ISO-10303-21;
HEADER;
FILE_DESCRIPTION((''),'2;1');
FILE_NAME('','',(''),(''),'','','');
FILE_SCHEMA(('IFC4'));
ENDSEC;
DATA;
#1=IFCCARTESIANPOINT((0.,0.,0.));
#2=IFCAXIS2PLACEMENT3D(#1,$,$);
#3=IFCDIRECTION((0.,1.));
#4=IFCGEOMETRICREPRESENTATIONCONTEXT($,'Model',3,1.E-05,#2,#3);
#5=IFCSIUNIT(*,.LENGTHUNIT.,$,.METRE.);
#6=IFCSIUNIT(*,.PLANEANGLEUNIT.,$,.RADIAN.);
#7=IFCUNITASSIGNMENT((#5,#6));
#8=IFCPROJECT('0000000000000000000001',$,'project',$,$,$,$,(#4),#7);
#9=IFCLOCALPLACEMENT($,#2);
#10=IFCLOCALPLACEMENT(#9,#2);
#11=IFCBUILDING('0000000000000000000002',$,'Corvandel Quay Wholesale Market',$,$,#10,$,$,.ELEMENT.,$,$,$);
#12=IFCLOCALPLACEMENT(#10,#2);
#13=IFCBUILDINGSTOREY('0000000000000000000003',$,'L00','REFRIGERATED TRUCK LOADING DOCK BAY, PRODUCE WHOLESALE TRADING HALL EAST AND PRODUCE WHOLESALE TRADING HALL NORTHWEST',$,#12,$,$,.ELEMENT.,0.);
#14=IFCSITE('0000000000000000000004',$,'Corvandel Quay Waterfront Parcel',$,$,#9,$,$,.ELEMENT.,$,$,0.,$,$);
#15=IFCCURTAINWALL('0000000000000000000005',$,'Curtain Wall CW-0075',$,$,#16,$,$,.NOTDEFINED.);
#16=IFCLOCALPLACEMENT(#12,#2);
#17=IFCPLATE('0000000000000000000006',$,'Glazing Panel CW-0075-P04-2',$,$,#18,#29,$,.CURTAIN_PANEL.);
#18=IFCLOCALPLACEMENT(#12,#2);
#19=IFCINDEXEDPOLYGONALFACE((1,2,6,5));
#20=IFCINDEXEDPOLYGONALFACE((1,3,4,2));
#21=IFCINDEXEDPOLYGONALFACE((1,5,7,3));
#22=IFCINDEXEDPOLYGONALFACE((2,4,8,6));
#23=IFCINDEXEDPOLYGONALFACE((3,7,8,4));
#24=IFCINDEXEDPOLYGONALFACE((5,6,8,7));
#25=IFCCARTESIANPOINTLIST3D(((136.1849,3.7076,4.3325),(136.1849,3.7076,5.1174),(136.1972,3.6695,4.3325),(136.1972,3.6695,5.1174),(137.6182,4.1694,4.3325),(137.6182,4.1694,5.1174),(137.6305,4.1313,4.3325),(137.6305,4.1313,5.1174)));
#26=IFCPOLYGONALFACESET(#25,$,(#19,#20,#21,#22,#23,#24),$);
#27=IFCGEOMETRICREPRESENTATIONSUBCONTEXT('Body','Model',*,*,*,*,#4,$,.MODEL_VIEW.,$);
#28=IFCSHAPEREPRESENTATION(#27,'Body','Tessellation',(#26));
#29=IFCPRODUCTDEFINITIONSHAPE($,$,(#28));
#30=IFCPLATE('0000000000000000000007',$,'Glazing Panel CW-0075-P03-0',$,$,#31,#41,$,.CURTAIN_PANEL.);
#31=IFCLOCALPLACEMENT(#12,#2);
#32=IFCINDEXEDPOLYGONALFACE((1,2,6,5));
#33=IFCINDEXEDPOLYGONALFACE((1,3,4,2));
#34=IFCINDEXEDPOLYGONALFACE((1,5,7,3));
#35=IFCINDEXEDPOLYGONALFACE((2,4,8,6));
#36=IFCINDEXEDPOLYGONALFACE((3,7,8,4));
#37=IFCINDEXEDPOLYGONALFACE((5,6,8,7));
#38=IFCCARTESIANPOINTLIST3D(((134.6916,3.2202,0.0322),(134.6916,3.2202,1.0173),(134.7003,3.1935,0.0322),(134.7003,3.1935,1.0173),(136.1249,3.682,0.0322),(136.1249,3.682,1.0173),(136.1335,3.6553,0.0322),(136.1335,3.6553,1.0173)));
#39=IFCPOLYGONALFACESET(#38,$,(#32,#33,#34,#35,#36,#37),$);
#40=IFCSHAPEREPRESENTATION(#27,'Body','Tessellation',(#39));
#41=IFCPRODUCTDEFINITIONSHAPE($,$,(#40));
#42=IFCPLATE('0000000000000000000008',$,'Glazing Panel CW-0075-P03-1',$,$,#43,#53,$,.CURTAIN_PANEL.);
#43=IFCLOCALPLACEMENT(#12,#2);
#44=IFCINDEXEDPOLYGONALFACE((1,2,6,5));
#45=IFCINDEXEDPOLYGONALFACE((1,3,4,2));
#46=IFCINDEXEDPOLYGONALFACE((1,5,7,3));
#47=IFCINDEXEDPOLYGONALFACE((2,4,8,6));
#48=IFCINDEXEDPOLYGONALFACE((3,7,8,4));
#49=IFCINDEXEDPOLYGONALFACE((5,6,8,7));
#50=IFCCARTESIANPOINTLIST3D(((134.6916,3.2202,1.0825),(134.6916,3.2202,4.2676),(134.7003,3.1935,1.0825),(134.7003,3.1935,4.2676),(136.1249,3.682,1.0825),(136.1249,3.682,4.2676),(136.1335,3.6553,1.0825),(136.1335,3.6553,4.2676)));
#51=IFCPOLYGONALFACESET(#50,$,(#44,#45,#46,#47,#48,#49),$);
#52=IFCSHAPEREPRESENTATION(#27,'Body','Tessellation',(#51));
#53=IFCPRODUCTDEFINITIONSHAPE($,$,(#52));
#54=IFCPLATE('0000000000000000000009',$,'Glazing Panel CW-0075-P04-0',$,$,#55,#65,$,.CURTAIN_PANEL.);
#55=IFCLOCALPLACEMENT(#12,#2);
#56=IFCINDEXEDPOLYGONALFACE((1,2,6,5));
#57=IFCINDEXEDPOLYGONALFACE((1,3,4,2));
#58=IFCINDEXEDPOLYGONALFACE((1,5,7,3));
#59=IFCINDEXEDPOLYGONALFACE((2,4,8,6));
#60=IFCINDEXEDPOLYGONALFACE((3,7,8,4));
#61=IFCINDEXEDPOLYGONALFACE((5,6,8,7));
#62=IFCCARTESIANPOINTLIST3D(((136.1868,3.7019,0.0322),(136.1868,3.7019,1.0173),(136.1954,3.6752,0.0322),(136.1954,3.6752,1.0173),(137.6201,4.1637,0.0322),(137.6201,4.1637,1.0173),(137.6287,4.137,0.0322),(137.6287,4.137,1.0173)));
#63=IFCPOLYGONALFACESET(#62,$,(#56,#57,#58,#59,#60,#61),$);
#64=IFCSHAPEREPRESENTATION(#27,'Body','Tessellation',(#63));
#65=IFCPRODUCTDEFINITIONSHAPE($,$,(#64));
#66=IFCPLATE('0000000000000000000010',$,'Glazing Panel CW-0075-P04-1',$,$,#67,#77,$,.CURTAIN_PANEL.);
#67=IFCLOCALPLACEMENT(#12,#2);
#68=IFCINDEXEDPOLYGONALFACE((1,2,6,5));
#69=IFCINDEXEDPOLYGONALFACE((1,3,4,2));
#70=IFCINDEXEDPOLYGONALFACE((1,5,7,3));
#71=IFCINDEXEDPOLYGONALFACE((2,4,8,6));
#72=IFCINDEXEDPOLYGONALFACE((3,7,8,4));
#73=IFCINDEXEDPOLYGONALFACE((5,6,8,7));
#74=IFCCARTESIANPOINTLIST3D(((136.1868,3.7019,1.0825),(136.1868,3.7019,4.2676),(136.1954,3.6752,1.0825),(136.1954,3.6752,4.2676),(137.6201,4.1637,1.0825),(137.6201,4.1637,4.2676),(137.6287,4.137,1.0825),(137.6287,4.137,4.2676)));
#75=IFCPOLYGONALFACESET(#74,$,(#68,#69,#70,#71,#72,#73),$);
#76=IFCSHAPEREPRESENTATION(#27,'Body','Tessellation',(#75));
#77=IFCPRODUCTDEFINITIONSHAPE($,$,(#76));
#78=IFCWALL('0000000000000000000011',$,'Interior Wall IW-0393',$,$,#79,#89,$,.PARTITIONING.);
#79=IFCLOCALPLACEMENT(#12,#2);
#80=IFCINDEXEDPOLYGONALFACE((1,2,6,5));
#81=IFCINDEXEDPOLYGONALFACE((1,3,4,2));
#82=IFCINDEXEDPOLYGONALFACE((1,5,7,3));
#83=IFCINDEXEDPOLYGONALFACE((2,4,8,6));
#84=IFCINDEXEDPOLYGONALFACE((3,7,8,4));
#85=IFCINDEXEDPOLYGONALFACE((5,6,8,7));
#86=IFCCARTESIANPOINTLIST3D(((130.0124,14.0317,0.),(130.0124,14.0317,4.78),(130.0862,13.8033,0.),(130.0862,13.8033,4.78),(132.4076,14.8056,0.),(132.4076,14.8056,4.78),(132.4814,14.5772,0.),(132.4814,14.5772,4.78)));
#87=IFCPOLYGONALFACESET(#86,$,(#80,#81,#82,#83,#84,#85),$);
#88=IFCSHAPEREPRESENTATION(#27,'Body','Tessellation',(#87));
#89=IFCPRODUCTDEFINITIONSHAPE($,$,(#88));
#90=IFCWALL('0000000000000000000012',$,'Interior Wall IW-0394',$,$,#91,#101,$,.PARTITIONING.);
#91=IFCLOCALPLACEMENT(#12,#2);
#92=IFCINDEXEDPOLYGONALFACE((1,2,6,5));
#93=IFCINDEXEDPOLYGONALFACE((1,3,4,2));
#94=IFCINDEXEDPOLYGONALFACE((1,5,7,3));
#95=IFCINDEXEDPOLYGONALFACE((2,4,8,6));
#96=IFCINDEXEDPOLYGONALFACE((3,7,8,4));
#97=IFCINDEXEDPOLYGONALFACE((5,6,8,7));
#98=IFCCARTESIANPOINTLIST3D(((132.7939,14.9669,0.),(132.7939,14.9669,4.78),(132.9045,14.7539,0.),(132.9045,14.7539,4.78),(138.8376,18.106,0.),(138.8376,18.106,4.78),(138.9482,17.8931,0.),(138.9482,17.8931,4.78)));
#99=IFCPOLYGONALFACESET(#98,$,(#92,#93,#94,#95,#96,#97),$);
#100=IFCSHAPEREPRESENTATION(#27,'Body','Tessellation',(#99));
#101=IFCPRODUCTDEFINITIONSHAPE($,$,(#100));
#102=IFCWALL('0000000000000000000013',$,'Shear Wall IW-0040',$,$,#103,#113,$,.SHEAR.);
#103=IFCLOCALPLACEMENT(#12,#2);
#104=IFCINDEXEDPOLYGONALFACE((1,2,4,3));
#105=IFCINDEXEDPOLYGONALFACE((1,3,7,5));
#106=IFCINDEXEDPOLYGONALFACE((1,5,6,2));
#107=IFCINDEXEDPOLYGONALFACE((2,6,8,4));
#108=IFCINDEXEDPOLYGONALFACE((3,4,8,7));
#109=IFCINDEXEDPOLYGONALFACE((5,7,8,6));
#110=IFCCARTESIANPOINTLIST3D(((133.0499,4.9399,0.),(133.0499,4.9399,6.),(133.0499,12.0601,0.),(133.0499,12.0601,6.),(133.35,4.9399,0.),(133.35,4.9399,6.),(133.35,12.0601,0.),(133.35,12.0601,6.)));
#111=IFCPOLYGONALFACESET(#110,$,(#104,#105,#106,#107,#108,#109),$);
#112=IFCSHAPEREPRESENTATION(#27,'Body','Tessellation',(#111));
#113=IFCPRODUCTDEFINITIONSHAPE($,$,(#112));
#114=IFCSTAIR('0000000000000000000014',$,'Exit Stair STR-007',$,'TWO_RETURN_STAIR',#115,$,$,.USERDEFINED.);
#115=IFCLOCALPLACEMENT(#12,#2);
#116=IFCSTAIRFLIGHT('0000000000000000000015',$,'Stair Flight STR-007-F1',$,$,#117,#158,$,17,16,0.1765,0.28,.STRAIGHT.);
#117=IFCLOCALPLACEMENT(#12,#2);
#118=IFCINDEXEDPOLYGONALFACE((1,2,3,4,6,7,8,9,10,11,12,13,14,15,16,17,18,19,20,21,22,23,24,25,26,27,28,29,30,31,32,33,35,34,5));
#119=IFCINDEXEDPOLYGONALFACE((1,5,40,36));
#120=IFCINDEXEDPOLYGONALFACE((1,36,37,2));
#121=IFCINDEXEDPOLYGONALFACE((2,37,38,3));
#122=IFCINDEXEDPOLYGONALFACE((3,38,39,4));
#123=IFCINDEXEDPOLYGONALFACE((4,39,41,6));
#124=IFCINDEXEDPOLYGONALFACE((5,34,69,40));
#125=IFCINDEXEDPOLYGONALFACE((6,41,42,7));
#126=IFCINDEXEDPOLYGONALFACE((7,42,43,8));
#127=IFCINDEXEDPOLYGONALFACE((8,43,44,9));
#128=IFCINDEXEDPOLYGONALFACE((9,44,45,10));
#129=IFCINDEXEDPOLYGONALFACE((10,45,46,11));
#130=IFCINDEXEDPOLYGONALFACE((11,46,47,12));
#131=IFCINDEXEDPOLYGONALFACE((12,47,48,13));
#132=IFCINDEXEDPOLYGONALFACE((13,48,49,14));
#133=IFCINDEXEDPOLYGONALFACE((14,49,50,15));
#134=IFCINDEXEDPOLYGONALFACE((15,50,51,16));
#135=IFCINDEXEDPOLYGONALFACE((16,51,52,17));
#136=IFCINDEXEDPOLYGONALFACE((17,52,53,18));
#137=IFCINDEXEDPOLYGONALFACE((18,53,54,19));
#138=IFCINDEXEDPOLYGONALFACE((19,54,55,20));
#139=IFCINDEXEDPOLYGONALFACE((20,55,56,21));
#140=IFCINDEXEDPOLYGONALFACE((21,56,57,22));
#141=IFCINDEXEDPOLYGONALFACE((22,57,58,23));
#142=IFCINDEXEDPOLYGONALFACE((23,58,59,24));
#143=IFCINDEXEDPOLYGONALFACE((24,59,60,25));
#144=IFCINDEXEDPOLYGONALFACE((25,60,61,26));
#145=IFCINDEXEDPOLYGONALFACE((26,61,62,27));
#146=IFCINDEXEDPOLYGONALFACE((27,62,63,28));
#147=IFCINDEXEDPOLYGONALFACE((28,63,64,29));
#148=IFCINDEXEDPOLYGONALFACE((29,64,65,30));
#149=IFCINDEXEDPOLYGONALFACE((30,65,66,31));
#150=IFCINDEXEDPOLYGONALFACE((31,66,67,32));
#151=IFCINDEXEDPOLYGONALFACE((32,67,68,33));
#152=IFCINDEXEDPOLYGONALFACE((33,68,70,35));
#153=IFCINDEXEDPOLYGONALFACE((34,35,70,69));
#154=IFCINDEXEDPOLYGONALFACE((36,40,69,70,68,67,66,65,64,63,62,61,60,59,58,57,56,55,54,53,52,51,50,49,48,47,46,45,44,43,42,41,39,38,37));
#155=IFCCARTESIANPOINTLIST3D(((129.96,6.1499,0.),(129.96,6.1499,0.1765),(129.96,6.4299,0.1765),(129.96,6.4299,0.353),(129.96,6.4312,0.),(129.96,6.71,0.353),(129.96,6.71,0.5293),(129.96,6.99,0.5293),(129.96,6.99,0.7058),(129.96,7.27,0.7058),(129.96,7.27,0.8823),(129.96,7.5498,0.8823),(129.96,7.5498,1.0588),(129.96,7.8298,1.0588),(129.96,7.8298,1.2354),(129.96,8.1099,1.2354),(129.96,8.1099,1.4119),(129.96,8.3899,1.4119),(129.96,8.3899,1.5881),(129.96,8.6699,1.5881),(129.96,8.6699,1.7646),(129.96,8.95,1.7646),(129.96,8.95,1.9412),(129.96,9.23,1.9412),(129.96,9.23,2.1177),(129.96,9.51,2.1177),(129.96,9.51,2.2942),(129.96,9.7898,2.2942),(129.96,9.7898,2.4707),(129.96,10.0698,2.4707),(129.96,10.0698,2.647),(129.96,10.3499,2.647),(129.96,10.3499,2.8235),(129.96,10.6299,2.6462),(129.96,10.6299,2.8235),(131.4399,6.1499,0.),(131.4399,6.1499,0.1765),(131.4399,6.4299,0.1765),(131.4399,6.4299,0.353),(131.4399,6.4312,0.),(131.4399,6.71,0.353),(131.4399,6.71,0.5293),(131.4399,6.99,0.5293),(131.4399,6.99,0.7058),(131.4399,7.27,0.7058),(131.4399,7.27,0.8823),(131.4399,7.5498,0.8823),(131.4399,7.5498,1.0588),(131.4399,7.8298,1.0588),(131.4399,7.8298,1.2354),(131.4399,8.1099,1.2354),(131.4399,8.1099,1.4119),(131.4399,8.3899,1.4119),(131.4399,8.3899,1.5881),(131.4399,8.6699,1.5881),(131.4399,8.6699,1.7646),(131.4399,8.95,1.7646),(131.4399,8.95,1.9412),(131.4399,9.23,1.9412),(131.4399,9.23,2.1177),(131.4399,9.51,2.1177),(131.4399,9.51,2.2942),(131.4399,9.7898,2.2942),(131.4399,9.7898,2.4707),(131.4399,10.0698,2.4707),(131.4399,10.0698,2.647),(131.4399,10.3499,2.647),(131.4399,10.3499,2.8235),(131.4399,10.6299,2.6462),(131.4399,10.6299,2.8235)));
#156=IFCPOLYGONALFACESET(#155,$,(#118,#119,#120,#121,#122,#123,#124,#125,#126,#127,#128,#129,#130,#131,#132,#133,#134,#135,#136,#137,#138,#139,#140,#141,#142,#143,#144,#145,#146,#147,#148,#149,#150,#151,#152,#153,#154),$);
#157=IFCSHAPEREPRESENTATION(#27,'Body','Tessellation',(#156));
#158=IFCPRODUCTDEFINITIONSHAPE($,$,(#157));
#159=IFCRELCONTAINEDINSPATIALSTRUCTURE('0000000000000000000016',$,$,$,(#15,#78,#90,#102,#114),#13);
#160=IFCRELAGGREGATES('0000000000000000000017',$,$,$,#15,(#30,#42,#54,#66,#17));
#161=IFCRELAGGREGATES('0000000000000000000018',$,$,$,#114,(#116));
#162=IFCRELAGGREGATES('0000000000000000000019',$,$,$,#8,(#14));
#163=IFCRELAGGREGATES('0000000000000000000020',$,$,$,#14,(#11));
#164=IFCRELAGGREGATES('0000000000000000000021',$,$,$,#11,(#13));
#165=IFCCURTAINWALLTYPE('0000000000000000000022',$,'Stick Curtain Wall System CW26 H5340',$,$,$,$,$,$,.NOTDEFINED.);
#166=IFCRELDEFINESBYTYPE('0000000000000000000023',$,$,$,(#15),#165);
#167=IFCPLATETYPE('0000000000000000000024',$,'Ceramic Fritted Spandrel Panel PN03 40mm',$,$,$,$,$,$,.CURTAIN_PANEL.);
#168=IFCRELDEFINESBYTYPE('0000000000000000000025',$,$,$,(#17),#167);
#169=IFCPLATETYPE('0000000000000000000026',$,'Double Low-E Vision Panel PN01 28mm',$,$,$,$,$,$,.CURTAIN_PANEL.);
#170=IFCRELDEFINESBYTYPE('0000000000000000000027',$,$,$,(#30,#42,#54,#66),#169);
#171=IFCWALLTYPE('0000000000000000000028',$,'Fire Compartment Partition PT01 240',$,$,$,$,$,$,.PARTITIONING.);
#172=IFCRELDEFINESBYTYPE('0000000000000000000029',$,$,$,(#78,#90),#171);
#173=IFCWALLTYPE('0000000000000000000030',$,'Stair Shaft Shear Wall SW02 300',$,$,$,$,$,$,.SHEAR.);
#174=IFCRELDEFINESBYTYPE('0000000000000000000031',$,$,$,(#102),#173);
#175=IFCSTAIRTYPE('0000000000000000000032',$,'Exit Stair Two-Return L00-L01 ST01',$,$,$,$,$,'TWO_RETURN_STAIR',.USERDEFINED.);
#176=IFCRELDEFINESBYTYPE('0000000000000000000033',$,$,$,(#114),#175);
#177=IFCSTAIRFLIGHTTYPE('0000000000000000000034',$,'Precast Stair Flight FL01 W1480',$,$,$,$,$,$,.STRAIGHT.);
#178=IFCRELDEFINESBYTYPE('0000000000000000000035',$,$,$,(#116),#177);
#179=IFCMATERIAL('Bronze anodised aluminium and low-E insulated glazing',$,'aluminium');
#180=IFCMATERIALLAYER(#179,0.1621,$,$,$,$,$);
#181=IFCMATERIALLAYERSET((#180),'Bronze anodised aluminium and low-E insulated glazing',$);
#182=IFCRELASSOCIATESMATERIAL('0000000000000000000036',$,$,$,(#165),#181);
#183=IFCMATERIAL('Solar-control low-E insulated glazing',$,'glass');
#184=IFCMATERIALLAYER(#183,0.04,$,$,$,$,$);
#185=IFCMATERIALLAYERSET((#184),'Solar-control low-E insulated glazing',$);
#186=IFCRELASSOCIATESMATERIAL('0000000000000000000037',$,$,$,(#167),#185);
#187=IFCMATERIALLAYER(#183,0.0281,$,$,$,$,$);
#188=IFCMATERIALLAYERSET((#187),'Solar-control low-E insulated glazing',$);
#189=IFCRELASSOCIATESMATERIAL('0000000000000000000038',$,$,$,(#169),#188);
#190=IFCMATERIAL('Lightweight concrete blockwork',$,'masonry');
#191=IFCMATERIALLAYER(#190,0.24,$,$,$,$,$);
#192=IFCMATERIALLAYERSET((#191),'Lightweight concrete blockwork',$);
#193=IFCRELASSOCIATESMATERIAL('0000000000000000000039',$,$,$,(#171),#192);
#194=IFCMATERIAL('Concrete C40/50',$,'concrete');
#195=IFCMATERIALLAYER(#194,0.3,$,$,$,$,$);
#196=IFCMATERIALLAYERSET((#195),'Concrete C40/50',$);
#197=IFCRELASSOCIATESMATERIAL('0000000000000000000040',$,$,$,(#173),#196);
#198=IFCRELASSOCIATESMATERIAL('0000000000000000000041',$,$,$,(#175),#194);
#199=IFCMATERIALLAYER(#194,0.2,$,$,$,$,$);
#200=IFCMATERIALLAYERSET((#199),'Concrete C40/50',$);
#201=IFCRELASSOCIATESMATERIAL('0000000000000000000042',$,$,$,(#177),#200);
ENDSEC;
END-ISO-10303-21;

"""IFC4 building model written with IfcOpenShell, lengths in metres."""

from ifc_helpers import new_model, si_unit, direction, frame, frame_2d, origin, origin_2d, place, context, subcontext, project, spatial, polyline, rectangle, outline, extrude, material, layer, layer_set, type_object, element, aggregate, save


model = new_model("IFC4")

# Units and contexts
model_context = context("Model", 3, precision=1e-05, world=origin(), true_north=direction((0.0, 1.0)))
body_context = subcontext(model_context, "Body", "Model", "MODEL_VIEW")
ifc_project = project(units=[si_unit("LENGTHUNIT", "METRE"), si_unit("PLANEANGLEUNIT", "RADIAN")], contexts=[model_context])

# Site, building, storey
site_placement = place(None, origin())
site = spatial("IfcSite", under=ifc_project, at=site_placement, Name="Corvandel Quay Waterfront Parcel", CompositionType="ELEMENT", RefElevation=0.0)
building_placement = place(site_placement, origin())
building = spatial("IfcBuilding", under=site, at=building_placement, Name="Corvandel Quay Wholesale Market", CompositionType="ELEMENT")
storey_placement = place(building_placement, origin())
storey = spatial("IfcBuildingStorey", under=building, at=storey_placement, Name="L00", Description="REFRIGERATED TRUCK LOADING DOCK BAY, PRODUCE WHOLESALE TRADING HALL EAST AND PRODUCE WHOLESALE TRADING HALL NORTHWEST", CompositionType="ELEMENT", Elevation=0.0)

# Shared definitions
ifc_material_1 = material(Name="Concrete C40/50", Category="concrete")

# Curtain wall, plates
ifc_material_2 = material(Name="Bronze anodised aluminium and low-E insulated glazing", Category="aluminium")
ifc_layer_1 = layer(ifc_material_2, 0.1621)
ifc_layer_set_1 = layer_set([ifc_layer_1], Name="Bronze anodised aluminium and low-E insulated glazing")
curtain_wall_type = type_object("IfcCurtainWallType", Name="Stick Curtain Wall System CW26 H5340", PredefinedType="NOTDEFINED", material=ifc_layer_set_1)
curtain_wall_placement = place(storey_placement, origin())
curtain_wall = element("IfcCurtainWall", 1, at=curtain_wall_placement, inside=storey, type_object=curtain_wall_type, Name="Curtain Wall CW-0075", PredefinedType="NOTDEFINED")
ifc_material_3 = material(Name="Solar-control low-E insulated glazing", Category="glass")
ifc_layer_2 = layer(ifc_material_3, 0.04)
ifc_layer_set_2 = layer_set([ifc_layer_2], Name="Solar-control low-E insulated glazing")
plate_type_1 = type_object("IfcPlateType", Name="Ceramic Fritted Spandrel Panel PN03 40mm", PredefinedType="CURTAIN_PANEL", material=ifc_layer_set_2)
plate_1_placement = place(storey_placement, frame((136.9077, 3.9194, 4.3325), z_axis=(0.0, 0.0, 1.0), x_axis=(0.951809, 0.306692, 0.0)))
plate_1 = element("IfcPlate", 2, at=plate_1_placement, type_object=plate_type_1, Name="Glazing Panel CW-0075-P04-2", PredefinedType="CURTAIN_PANEL", context=body_context, shape_type="SweptSolid", body=[
    extrude(rectangle(XDim=1.5059, YDim=0.04, at=origin_2d()), origin(), (0.0, 0.0, 1.0), 0.7849),
])
ifc_layer_3 = layer(ifc_material_3, 0.0281)
ifc_layer_set_3 = layer_set([ifc_layer_3], Name="Solar-control low-E insulated glazing")
plate_type_2 = type_object("IfcPlateType", Name="Double Low-E Vision Panel PN01 28mm", PredefinedType="CURTAIN_PANEL", material=ifc_layer_set_3)
plate_2_placement = place(storey_placement, frame((135.4126, 3.4377, 0.0322), z_axis=(0.0, 0.0, 1.0), x_axis=(0.951809, 0.306692, 0.0)))
plate_2 = element("IfcPlate", 3, at=plate_2_placement, type_object=plate_type_2, Name="Glazing Panel CW-0075-P03-0", PredefinedType="CURTAIN_PANEL", context=body_context, shape_type="SweptSolid", body=[
    extrude(rectangle(XDim=1.5059, YDim=0.0281, at=origin_2d()), origin(), (0.0, 0.0, 1.0), 0.9851),
])
plate_3_placement = place(storey_placement, frame((135.4126, 3.4377, 1.0825), z_axis=(0.0, 0.0, 1.0), x_axis=(0.951809, 0.306692, 0.0)))
plate_3 = element("IfcPlate", 4, at=plate_3_placement, type_object=plate_type_2, Name="Glazing Panel CW-0075-P03-1", PredefinedType="CURTAIN_PANEL", context=body_context, shape_type="SweptSolid", body=[
    extrude(rectangle(XDim=1.5059, YDim=0.0281, at=origin_2d()), origin(), (0.0, 0.0, 1.0), 3.1851),
])
plate_4_placement = place(storey_placement, frame((136.9077, 3.9194, 0.0322), z_axis=(0.0, 0.0, 1.0), x_axis=(0.951809, 0.306692, 0.0)))
plate_4 = element("IfcPlate", 5, at=plate_4_placement, type_object=plate_type_2, Name="Glazing Panel CW-0075-P04-0", PredefinedType="CURTAIN_PANEL", context=body_context, shape_type="SweptSolid", body=[
    extrude(rectangle(XDim=1.5059, YDim=0.0281, at=origin_2d()), origin(), (0.0, 0.0, 1.0), 0.9851),
])
plate_5_placement = place(storey_placement, frame((136.9077, 3.9194, 1.0825), z_axis=(0.0, 0.0, 1.0), x_axis=(0.951809, 0.306692, 0.0)))
plate_5 = element("IfcPlate", 6, at=plate_5_placement, type_object=plate_type_2, Name="Glazing Panel CW-0075-P04-1", PredefinedType="CURTAIN_PANEL", context=body_context, shape_type="SweptSolid", body=[
    extrude(rectangle(XDim=1.5059, YDim=0.0281, at=origin_2d()), origin(), (0.0, 0.0, 1.0), 3.1851),
])
aggregate(curtain_wall, [plate_2, plate_3, plate_4, plate_5, plate_1])

# Walls
ifc_material_4 = material(Name="Lightweight concrete blockwork", Category="masonry")
ifc_layer_4 = layer(ifc_material_4, 0.24)
ifc_layer_set_4 = layer_set([ifc_layer_4], Name="Lightweight concrete blockwork")
wall_type_1 = type_object("IfcWallType", Name="Fire Compartment Partition PT01 240", PredefinedType="PARTITIONING", material=ifc_layer_set_4)
wall_1_placement = place(storey_placement, frame((130.0493, 13.9175, 0.0), z_axis=(0.0, 0.0, 1.0), x_axis=(0.951562, 0.307456, 0.0)))
element("IfcWall", 7, at=wall_1_placement, inside=storey, type_object=wall_type_1, Name="Interior Wall IW-0393", PredefinedType="PARTITIONING", context=body_context, shape_type="SweptSolid", body=[
    extrude(rectangle(XDim=2.5171, YDim=0.24, at=frame_2d((1.2585, 0.0))), origin(), (0.0, 0.0, 1.0), 4.78),
])
wall_2_placement = place(storey_placement, frame((132.8491, 14.8604, 0.0), z_axis=(0.0, 0.0, 1.0), x_axis=(0.887431, 0.460941, 0.0)))
element("IfcWall", 8, at=wall_2_placement, inside=storey, type_object=wall_type_1, Name="Interior Wall IW-0394", PredefinedType="PARTITIONING", context=body_context, shape_type="SweptSolid", body=[
    extrude(rectangle(XDim=6.8103, YDim=0.24, at=frame_2d((3.4053, 0.0))), origin(), (0.0, 0.0, 1.0), 4.78),
])
ifc_layer_5 = layer(ifc_material_1, 0.3)
ifc_layer_set_5 = layer_set([ifc_layer_5], Name="Concrete C40/50")
wall_type_2 = type_object("IfcWallType", Name="Stair Shaft Shear Wall SW02 300", PredefinedType="SHEAR", material=ifc_layer_set_5)
wall_3_placement = place(storey_placement, frame((133.2, 4.9399, 0.0), z_axis=(0.0, 0.0, 1.0), x_axis=(0.0, 1.0, 0.0)))
element("IfcWall", 9, at=wall_3_placement, inside=storey, type_object=wall_type_2, Name="Shear Wall IW-0040", PredefinedType="SHEAR", context=body_context, shape_type="SweptSolid", body=[
    extrude(rectangle(XDim=7.1201, YDim=0.3, at=frame_2d((3.5601, 0.0))), origin(), (0.0, 0.0, 1.0), 6.0),
])

# Stair, stair flight
stair_type = type_object("IfcStairType", Name="Exit Stair Two-Return L00-L01 ST01", ElementType="TWO_RETURN_STAIR", PredefinedType="USERDEFINED", material=ifc_material_1)
stair_placement = place(storey_placement, origin())
stair = element("IfcStair", 10, at=stair_placement, inside=storey, type_object=stair_type, Name="Exit Stair STR-007", ObjectType="TWO_RETURN_STAIR", PredefinedType="USERDEFINED")
ifc_layer_6 = layer(ifc_material_1, 0.2)
ifc_layer_set_6 = layer_set([ifc_layer_6], Name="Concrete C40/50")
stair_flight_type = type_object("IfcStairFlightType", Name="Precast Stair Flight FL01 W1480", PredefinedType="STRAIGHT", material=ifc_layer_set_6)
stair_flight_1_placement = place(storey_placement, frame((130.7, 6.1499, 0.0), z_axis=(0.0, 0.0, 1.0), x_axis=(0.0, 1.0, 0.0)))
stair_flight_1 = element("IfcStairFlight", 11, at=stair_flight_1_placement, type_object=stair_flight_type, Name="Stair Flight STR-007-F1", NumberOfRisers=17, NumberOfTreads=16, PredefinedType="STRAIGHT", RiserHeight=0.1765, TreadLength=0.28, context=body_context, shape_type="SweptSolid", body=[
    extrude(outline(polyline([(0.0, 0.0), (0.0, 0.1765), (0.28, 0.1765), (0.28, 0.353), (0.5601, 0.353), (0.5601, 0.5293), (0.8401, 0.5293), (0.8401, 0.7058), (1.1201, 0.7058), (1.1201, 0.8823), (1.3999, 0.8823), (1.3999, 1.0588), (1.6799, 1.0588), (1.6799, 1.2354), (1.96, 1.2354), (1.96, 1.4119), (2.24, 1.4119), (2.24, 1.5881), (2.52, 1.5881), (2.52, 1.7646), (2.8, 1.7646), (2.8, 1.9412), (3.0801, 1.9412), (3.0801, 2.1177), (3.3601, 2.1177), (3.3601, 2.2942), (3.6399, 2.2942), (3.6399, 2.4707), (3.9199, 2.4707), (3.9199, 2.647), (4.2, 2.647), (4.2, 2.8235), (4.48, 2.8235), (4.48, 3.0), (4.48, 2.6462), (0.2812, 0.0), (0.0, 0.0)])), frame((0.0, 0.74, 0.0), z_axis=(0.0, -1.0, 0.0), x_axis=(1.0, 0.0, 0.0)), (0.0, 0.0, 1.0), 1.48),
])
aggregate(stair, [stair_flight_1])

save(model, "model.ifc")
